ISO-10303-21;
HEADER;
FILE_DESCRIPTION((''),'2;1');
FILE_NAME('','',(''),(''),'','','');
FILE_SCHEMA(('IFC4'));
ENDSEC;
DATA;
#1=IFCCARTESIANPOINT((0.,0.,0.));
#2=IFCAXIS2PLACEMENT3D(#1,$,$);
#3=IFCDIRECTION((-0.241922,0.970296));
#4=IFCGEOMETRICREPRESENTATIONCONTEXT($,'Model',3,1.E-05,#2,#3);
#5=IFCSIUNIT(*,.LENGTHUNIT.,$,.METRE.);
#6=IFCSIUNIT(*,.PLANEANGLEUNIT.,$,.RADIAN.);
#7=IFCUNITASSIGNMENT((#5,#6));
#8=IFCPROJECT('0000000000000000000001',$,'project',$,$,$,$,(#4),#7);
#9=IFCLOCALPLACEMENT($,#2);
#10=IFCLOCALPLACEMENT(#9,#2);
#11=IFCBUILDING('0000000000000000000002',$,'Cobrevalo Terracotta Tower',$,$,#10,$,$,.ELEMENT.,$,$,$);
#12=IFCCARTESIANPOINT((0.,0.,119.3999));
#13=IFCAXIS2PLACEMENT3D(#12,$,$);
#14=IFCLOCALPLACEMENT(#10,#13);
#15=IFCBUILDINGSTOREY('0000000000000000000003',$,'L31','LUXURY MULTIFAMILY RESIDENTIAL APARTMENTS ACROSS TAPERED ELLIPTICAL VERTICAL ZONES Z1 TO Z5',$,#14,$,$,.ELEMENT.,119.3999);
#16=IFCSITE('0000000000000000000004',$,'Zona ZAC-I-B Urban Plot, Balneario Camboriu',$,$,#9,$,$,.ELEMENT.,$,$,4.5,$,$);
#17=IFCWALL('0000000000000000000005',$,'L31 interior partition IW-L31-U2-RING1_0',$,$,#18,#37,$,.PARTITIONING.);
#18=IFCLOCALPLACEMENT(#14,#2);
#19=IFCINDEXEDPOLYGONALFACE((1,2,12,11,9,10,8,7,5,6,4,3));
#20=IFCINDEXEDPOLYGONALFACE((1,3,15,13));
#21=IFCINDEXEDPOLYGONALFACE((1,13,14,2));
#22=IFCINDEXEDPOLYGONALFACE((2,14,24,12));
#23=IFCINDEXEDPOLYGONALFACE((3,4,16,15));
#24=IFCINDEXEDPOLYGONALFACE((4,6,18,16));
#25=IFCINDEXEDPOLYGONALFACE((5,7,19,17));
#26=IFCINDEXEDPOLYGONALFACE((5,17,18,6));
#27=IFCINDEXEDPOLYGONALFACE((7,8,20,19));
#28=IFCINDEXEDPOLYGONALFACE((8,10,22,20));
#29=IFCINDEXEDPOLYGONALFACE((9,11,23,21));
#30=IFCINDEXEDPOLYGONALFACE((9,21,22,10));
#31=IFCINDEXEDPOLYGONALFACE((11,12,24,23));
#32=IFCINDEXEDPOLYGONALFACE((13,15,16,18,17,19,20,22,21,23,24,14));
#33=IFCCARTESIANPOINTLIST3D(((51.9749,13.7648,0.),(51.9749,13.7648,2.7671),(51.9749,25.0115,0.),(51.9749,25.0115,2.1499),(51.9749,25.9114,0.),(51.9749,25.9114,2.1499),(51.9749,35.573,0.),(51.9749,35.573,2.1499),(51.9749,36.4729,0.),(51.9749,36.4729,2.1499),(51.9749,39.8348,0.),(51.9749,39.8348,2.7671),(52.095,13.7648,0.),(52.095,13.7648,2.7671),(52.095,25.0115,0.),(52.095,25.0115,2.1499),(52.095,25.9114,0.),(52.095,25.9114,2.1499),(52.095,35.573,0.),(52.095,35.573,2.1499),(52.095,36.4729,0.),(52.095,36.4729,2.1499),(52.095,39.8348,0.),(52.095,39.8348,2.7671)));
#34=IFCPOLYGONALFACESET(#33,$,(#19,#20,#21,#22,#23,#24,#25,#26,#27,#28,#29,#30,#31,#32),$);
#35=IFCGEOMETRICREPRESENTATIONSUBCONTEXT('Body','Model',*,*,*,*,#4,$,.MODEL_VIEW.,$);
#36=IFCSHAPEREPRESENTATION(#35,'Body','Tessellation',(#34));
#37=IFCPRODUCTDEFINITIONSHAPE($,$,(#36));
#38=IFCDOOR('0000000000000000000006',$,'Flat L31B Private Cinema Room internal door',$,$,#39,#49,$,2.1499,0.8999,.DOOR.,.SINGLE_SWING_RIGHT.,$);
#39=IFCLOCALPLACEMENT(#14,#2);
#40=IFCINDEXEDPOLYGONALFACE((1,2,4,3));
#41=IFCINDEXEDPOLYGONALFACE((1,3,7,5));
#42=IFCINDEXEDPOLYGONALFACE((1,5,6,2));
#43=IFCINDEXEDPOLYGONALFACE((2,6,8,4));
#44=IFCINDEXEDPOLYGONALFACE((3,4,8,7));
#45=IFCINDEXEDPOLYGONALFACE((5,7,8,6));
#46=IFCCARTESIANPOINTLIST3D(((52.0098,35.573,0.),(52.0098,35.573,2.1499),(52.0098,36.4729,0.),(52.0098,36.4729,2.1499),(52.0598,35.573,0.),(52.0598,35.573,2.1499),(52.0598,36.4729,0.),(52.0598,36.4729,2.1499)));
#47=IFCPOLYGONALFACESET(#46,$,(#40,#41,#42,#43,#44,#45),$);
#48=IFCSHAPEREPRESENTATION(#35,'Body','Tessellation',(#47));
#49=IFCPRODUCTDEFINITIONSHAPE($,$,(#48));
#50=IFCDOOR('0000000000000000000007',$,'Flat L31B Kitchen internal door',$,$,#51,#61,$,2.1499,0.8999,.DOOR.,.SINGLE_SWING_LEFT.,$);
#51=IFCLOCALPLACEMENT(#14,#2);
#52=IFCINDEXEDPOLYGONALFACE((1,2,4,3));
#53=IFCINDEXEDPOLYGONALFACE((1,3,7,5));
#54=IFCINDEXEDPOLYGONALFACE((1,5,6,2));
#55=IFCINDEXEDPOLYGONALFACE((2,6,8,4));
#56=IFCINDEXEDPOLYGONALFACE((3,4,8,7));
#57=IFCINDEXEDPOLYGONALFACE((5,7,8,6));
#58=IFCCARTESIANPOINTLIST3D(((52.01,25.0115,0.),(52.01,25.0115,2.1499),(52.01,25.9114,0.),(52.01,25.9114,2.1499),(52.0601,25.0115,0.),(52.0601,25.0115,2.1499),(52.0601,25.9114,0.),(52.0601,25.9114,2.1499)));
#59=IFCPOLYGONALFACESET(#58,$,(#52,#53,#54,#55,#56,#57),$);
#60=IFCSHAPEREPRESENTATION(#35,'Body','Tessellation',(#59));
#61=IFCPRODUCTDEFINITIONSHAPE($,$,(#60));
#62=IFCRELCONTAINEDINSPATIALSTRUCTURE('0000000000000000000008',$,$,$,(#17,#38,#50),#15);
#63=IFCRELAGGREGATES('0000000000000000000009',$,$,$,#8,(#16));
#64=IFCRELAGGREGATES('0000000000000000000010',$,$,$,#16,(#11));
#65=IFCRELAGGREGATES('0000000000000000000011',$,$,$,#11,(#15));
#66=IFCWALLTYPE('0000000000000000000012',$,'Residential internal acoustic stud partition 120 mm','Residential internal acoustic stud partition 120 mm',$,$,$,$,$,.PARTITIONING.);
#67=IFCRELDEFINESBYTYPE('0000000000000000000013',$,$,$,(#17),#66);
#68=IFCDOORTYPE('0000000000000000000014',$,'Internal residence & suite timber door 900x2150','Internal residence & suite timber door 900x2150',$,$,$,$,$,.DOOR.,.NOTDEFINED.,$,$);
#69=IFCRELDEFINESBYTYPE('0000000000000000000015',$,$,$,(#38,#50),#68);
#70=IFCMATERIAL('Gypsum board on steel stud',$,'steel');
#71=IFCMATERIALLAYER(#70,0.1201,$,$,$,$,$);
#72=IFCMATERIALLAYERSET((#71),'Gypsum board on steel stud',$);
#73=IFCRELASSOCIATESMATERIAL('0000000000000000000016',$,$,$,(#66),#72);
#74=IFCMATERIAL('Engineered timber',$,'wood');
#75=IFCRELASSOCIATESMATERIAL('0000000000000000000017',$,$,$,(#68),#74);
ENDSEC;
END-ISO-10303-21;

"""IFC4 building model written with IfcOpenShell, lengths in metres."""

from ifc_helpers import new_model, si_unit, direction, frame, frame_2d, origin, place, context, subcontext, project, spatial, rectangle, extrude, source, transform, mapped, material, layer, layer_set, type_object, element, fill, save


model = new_model("IFC4")

# Units and contexts
model_context = context("Model", 3, precision=1e-05, world=origin(), true_north=direction((-0.241922, 0.970296)))
body_context = subcontext(model_context, "Body", "Model", "MODEL_VIEW")
ifc_project = project(units=[si_unit("LENGTHUNIT", "METRE"), si_unit("PLANEANGLEUNIT", "RADIAN")], contexts=[model_context])

# Site, building, storey
site_placement = place(None, origin())
site = spatial("IfcSite", under=ifc_project, at=site_placement, Name="Zona ZAC-I-B Urban Plot, Balneario Camboriu", CompositionType="ELEMENT", RefElevation=4.5)
building_placement = place(site_placement, origin())
building = spatial("IfcBuilding", under=site, at=building_placement, Name="Cobrevalo Terracotta Tower", CompositionType="ELEMENT")
storey_placement = place(building_placement, frame((0.0, 0.0, 119.3999)))
storey = spatial("IfcBuildingStorey", under=building, at=storey_placement, Name="L31", Description="LUXURY MULTIFAMILY RESIDENTIAL APARTMENTS ACROSS TAPERED ELLIPTICAL VERTICAL ZONES Z1 TO Z5", CompositionType="ELEMENT", Elevation=119.3999)

# Shared definitions
ifc_material_1 = material(Name="Gypsum board on steel stud", Category="steel")
ifc_layer_1 = layer(ifc_material_1, 0.1201)
ifc_layer_set_1 = layer_set([ifc_layer_1], Name="Gypsum board on steel stud")
wall_type_1 = type_object("IfcWallType", Name="Residential internal acoustic stud partition 120 mm", Description="Residential internal acoustic stud partition 120 mm", PredefinedType="PARTITIONING", material=ifc_layer_set_1)

# Wall, openings, doors
wall_1_placement = place(storey_placement, frame((52.0349, 39.835, 0.0), z_axis=(0.0, 0.0, 1.0), x_axis=(0.0, -1.0, 0.0)))
wall_1 = element("IfcWall", 1, at=wall_1_placement, inside=storey, type_object=wall_type_1, Name="L31 interior partition IW-L31-U2-RING1_0", PredefinedType="PARTITIONING", context=body_context, shape_type="SweptSolid", body=[
    extrude(rectangle(XDim=26.0701, YDim=0.1201, at=frame_2d((13.0352, 0.0))), origin(), (0.0, 0.0, 1.0), 2.7671),
])
opening_1_placement = place(wall_1_placement, frame((3.3621, 0.0, 0.0)))
opening_1 = element("IfcOpeningElement", 2, at=opening_1_placement, cuts=wall_1, PredefinedType="OPENING", context=body_context, shape_type="SweptSolid", body=[
    extrude(rectangle(XDim=0.8999, YDim=2.1499, at=frame_2d((0.45, 1.075))), frame((0.0, 0.0701, 0.0), z_axis=(0.0, -1.0, 0.0), x_axis=(1.0, 0.0, 0.0)), (0.0, 0.0, 1.0), 0.1401),
])
opening_2_placement = place(wall_1_placement, frame((13.9236, 0.0, 0.0)))
opening_2 = element("IfcOpeningElement", 3, at=opening_2_placement, cuts=wall_1, PredefinedType="OPENING", context=body_context, shape_type="SweptSolid", body=[
    extrude(rectangle(XDim=0.8999, YDim=2.1499, at=frame_2d((0.45, 1.075))), frame((0.0, 0.0701, 0.0), z_axis=(0.0, -1.0, 0.0), x_axis=(1.0, 0.0, 0.0)), (0.0, 0.0, 1.0), 0.1401),
])
ifc_material_2 = material(Name="Engineered timber", Category="wood")
door_type_1 = type_object("IfcDoorType", Name="Internal residence & suite timber door 900x2150", Description="Internal residence & suite timber door 900x2150", OperationType="NOTDEFINED", PredefinedType="DOOR", material=ifc_material_2)
shared_shape_1 = source(origin(), body_context, "Body", "SweptSolid", [
    extrude(rectangle(XDim=0.8999, YDim=2.1499, at=frame_2d((0.45, 1.075))), frame((0.0, 0.0249, 0.0), z_axis=(0.0, -1.0, 0.0), x_axis=(1.0, 0.0, 0.0)), (0.0, 0.0, 1.0), 0.05),
])
door_1_placement = place(opening_1_placement, origin())
door_1 = element("IfcDoor", 4, at=door_1_placement, inside=storey, type_object=door_type_1, Name="Flat L31B Private Cinema Room internal door", OperationType="SINGLE_SWING_RIGHT", OverallHeight=2.1499, OverallWidth=0.8999, PredefinedType="DOOR", context=body_context, shape_type="MappedRepresentation", body=[
    mapped(shared_shape_1, transform((0.0, 0.0, 0.0), scale=1.0)),
])
fill(opening_1, door_1)
door_2_placement = place(opening_2_placement, frame((0.8999, 0.0, 0.0), z_axis=(0.0, 0.0, 1.0), x_axis=(-1.0, 0.0, 0.0)))
door_2 = element("IfcDoor", 5, at=door_2_placement, inside=storey, type_object=door_type_1, Name="Flat L31B Kitchen internal door", OperationType="SINGLE_SWING_LEFT", OverallHeight=2.1499, OverallWidth=0.8999, PredefinedType="DOOR", context=body_context, shape_type="MappedRepresentation", body=[
    mapped(shared_shape_1, transform((0.0, 0.0, 0.0), scale=1.0)),
])
fill(opening_2, door_2)

save(model, "model.ifc")
